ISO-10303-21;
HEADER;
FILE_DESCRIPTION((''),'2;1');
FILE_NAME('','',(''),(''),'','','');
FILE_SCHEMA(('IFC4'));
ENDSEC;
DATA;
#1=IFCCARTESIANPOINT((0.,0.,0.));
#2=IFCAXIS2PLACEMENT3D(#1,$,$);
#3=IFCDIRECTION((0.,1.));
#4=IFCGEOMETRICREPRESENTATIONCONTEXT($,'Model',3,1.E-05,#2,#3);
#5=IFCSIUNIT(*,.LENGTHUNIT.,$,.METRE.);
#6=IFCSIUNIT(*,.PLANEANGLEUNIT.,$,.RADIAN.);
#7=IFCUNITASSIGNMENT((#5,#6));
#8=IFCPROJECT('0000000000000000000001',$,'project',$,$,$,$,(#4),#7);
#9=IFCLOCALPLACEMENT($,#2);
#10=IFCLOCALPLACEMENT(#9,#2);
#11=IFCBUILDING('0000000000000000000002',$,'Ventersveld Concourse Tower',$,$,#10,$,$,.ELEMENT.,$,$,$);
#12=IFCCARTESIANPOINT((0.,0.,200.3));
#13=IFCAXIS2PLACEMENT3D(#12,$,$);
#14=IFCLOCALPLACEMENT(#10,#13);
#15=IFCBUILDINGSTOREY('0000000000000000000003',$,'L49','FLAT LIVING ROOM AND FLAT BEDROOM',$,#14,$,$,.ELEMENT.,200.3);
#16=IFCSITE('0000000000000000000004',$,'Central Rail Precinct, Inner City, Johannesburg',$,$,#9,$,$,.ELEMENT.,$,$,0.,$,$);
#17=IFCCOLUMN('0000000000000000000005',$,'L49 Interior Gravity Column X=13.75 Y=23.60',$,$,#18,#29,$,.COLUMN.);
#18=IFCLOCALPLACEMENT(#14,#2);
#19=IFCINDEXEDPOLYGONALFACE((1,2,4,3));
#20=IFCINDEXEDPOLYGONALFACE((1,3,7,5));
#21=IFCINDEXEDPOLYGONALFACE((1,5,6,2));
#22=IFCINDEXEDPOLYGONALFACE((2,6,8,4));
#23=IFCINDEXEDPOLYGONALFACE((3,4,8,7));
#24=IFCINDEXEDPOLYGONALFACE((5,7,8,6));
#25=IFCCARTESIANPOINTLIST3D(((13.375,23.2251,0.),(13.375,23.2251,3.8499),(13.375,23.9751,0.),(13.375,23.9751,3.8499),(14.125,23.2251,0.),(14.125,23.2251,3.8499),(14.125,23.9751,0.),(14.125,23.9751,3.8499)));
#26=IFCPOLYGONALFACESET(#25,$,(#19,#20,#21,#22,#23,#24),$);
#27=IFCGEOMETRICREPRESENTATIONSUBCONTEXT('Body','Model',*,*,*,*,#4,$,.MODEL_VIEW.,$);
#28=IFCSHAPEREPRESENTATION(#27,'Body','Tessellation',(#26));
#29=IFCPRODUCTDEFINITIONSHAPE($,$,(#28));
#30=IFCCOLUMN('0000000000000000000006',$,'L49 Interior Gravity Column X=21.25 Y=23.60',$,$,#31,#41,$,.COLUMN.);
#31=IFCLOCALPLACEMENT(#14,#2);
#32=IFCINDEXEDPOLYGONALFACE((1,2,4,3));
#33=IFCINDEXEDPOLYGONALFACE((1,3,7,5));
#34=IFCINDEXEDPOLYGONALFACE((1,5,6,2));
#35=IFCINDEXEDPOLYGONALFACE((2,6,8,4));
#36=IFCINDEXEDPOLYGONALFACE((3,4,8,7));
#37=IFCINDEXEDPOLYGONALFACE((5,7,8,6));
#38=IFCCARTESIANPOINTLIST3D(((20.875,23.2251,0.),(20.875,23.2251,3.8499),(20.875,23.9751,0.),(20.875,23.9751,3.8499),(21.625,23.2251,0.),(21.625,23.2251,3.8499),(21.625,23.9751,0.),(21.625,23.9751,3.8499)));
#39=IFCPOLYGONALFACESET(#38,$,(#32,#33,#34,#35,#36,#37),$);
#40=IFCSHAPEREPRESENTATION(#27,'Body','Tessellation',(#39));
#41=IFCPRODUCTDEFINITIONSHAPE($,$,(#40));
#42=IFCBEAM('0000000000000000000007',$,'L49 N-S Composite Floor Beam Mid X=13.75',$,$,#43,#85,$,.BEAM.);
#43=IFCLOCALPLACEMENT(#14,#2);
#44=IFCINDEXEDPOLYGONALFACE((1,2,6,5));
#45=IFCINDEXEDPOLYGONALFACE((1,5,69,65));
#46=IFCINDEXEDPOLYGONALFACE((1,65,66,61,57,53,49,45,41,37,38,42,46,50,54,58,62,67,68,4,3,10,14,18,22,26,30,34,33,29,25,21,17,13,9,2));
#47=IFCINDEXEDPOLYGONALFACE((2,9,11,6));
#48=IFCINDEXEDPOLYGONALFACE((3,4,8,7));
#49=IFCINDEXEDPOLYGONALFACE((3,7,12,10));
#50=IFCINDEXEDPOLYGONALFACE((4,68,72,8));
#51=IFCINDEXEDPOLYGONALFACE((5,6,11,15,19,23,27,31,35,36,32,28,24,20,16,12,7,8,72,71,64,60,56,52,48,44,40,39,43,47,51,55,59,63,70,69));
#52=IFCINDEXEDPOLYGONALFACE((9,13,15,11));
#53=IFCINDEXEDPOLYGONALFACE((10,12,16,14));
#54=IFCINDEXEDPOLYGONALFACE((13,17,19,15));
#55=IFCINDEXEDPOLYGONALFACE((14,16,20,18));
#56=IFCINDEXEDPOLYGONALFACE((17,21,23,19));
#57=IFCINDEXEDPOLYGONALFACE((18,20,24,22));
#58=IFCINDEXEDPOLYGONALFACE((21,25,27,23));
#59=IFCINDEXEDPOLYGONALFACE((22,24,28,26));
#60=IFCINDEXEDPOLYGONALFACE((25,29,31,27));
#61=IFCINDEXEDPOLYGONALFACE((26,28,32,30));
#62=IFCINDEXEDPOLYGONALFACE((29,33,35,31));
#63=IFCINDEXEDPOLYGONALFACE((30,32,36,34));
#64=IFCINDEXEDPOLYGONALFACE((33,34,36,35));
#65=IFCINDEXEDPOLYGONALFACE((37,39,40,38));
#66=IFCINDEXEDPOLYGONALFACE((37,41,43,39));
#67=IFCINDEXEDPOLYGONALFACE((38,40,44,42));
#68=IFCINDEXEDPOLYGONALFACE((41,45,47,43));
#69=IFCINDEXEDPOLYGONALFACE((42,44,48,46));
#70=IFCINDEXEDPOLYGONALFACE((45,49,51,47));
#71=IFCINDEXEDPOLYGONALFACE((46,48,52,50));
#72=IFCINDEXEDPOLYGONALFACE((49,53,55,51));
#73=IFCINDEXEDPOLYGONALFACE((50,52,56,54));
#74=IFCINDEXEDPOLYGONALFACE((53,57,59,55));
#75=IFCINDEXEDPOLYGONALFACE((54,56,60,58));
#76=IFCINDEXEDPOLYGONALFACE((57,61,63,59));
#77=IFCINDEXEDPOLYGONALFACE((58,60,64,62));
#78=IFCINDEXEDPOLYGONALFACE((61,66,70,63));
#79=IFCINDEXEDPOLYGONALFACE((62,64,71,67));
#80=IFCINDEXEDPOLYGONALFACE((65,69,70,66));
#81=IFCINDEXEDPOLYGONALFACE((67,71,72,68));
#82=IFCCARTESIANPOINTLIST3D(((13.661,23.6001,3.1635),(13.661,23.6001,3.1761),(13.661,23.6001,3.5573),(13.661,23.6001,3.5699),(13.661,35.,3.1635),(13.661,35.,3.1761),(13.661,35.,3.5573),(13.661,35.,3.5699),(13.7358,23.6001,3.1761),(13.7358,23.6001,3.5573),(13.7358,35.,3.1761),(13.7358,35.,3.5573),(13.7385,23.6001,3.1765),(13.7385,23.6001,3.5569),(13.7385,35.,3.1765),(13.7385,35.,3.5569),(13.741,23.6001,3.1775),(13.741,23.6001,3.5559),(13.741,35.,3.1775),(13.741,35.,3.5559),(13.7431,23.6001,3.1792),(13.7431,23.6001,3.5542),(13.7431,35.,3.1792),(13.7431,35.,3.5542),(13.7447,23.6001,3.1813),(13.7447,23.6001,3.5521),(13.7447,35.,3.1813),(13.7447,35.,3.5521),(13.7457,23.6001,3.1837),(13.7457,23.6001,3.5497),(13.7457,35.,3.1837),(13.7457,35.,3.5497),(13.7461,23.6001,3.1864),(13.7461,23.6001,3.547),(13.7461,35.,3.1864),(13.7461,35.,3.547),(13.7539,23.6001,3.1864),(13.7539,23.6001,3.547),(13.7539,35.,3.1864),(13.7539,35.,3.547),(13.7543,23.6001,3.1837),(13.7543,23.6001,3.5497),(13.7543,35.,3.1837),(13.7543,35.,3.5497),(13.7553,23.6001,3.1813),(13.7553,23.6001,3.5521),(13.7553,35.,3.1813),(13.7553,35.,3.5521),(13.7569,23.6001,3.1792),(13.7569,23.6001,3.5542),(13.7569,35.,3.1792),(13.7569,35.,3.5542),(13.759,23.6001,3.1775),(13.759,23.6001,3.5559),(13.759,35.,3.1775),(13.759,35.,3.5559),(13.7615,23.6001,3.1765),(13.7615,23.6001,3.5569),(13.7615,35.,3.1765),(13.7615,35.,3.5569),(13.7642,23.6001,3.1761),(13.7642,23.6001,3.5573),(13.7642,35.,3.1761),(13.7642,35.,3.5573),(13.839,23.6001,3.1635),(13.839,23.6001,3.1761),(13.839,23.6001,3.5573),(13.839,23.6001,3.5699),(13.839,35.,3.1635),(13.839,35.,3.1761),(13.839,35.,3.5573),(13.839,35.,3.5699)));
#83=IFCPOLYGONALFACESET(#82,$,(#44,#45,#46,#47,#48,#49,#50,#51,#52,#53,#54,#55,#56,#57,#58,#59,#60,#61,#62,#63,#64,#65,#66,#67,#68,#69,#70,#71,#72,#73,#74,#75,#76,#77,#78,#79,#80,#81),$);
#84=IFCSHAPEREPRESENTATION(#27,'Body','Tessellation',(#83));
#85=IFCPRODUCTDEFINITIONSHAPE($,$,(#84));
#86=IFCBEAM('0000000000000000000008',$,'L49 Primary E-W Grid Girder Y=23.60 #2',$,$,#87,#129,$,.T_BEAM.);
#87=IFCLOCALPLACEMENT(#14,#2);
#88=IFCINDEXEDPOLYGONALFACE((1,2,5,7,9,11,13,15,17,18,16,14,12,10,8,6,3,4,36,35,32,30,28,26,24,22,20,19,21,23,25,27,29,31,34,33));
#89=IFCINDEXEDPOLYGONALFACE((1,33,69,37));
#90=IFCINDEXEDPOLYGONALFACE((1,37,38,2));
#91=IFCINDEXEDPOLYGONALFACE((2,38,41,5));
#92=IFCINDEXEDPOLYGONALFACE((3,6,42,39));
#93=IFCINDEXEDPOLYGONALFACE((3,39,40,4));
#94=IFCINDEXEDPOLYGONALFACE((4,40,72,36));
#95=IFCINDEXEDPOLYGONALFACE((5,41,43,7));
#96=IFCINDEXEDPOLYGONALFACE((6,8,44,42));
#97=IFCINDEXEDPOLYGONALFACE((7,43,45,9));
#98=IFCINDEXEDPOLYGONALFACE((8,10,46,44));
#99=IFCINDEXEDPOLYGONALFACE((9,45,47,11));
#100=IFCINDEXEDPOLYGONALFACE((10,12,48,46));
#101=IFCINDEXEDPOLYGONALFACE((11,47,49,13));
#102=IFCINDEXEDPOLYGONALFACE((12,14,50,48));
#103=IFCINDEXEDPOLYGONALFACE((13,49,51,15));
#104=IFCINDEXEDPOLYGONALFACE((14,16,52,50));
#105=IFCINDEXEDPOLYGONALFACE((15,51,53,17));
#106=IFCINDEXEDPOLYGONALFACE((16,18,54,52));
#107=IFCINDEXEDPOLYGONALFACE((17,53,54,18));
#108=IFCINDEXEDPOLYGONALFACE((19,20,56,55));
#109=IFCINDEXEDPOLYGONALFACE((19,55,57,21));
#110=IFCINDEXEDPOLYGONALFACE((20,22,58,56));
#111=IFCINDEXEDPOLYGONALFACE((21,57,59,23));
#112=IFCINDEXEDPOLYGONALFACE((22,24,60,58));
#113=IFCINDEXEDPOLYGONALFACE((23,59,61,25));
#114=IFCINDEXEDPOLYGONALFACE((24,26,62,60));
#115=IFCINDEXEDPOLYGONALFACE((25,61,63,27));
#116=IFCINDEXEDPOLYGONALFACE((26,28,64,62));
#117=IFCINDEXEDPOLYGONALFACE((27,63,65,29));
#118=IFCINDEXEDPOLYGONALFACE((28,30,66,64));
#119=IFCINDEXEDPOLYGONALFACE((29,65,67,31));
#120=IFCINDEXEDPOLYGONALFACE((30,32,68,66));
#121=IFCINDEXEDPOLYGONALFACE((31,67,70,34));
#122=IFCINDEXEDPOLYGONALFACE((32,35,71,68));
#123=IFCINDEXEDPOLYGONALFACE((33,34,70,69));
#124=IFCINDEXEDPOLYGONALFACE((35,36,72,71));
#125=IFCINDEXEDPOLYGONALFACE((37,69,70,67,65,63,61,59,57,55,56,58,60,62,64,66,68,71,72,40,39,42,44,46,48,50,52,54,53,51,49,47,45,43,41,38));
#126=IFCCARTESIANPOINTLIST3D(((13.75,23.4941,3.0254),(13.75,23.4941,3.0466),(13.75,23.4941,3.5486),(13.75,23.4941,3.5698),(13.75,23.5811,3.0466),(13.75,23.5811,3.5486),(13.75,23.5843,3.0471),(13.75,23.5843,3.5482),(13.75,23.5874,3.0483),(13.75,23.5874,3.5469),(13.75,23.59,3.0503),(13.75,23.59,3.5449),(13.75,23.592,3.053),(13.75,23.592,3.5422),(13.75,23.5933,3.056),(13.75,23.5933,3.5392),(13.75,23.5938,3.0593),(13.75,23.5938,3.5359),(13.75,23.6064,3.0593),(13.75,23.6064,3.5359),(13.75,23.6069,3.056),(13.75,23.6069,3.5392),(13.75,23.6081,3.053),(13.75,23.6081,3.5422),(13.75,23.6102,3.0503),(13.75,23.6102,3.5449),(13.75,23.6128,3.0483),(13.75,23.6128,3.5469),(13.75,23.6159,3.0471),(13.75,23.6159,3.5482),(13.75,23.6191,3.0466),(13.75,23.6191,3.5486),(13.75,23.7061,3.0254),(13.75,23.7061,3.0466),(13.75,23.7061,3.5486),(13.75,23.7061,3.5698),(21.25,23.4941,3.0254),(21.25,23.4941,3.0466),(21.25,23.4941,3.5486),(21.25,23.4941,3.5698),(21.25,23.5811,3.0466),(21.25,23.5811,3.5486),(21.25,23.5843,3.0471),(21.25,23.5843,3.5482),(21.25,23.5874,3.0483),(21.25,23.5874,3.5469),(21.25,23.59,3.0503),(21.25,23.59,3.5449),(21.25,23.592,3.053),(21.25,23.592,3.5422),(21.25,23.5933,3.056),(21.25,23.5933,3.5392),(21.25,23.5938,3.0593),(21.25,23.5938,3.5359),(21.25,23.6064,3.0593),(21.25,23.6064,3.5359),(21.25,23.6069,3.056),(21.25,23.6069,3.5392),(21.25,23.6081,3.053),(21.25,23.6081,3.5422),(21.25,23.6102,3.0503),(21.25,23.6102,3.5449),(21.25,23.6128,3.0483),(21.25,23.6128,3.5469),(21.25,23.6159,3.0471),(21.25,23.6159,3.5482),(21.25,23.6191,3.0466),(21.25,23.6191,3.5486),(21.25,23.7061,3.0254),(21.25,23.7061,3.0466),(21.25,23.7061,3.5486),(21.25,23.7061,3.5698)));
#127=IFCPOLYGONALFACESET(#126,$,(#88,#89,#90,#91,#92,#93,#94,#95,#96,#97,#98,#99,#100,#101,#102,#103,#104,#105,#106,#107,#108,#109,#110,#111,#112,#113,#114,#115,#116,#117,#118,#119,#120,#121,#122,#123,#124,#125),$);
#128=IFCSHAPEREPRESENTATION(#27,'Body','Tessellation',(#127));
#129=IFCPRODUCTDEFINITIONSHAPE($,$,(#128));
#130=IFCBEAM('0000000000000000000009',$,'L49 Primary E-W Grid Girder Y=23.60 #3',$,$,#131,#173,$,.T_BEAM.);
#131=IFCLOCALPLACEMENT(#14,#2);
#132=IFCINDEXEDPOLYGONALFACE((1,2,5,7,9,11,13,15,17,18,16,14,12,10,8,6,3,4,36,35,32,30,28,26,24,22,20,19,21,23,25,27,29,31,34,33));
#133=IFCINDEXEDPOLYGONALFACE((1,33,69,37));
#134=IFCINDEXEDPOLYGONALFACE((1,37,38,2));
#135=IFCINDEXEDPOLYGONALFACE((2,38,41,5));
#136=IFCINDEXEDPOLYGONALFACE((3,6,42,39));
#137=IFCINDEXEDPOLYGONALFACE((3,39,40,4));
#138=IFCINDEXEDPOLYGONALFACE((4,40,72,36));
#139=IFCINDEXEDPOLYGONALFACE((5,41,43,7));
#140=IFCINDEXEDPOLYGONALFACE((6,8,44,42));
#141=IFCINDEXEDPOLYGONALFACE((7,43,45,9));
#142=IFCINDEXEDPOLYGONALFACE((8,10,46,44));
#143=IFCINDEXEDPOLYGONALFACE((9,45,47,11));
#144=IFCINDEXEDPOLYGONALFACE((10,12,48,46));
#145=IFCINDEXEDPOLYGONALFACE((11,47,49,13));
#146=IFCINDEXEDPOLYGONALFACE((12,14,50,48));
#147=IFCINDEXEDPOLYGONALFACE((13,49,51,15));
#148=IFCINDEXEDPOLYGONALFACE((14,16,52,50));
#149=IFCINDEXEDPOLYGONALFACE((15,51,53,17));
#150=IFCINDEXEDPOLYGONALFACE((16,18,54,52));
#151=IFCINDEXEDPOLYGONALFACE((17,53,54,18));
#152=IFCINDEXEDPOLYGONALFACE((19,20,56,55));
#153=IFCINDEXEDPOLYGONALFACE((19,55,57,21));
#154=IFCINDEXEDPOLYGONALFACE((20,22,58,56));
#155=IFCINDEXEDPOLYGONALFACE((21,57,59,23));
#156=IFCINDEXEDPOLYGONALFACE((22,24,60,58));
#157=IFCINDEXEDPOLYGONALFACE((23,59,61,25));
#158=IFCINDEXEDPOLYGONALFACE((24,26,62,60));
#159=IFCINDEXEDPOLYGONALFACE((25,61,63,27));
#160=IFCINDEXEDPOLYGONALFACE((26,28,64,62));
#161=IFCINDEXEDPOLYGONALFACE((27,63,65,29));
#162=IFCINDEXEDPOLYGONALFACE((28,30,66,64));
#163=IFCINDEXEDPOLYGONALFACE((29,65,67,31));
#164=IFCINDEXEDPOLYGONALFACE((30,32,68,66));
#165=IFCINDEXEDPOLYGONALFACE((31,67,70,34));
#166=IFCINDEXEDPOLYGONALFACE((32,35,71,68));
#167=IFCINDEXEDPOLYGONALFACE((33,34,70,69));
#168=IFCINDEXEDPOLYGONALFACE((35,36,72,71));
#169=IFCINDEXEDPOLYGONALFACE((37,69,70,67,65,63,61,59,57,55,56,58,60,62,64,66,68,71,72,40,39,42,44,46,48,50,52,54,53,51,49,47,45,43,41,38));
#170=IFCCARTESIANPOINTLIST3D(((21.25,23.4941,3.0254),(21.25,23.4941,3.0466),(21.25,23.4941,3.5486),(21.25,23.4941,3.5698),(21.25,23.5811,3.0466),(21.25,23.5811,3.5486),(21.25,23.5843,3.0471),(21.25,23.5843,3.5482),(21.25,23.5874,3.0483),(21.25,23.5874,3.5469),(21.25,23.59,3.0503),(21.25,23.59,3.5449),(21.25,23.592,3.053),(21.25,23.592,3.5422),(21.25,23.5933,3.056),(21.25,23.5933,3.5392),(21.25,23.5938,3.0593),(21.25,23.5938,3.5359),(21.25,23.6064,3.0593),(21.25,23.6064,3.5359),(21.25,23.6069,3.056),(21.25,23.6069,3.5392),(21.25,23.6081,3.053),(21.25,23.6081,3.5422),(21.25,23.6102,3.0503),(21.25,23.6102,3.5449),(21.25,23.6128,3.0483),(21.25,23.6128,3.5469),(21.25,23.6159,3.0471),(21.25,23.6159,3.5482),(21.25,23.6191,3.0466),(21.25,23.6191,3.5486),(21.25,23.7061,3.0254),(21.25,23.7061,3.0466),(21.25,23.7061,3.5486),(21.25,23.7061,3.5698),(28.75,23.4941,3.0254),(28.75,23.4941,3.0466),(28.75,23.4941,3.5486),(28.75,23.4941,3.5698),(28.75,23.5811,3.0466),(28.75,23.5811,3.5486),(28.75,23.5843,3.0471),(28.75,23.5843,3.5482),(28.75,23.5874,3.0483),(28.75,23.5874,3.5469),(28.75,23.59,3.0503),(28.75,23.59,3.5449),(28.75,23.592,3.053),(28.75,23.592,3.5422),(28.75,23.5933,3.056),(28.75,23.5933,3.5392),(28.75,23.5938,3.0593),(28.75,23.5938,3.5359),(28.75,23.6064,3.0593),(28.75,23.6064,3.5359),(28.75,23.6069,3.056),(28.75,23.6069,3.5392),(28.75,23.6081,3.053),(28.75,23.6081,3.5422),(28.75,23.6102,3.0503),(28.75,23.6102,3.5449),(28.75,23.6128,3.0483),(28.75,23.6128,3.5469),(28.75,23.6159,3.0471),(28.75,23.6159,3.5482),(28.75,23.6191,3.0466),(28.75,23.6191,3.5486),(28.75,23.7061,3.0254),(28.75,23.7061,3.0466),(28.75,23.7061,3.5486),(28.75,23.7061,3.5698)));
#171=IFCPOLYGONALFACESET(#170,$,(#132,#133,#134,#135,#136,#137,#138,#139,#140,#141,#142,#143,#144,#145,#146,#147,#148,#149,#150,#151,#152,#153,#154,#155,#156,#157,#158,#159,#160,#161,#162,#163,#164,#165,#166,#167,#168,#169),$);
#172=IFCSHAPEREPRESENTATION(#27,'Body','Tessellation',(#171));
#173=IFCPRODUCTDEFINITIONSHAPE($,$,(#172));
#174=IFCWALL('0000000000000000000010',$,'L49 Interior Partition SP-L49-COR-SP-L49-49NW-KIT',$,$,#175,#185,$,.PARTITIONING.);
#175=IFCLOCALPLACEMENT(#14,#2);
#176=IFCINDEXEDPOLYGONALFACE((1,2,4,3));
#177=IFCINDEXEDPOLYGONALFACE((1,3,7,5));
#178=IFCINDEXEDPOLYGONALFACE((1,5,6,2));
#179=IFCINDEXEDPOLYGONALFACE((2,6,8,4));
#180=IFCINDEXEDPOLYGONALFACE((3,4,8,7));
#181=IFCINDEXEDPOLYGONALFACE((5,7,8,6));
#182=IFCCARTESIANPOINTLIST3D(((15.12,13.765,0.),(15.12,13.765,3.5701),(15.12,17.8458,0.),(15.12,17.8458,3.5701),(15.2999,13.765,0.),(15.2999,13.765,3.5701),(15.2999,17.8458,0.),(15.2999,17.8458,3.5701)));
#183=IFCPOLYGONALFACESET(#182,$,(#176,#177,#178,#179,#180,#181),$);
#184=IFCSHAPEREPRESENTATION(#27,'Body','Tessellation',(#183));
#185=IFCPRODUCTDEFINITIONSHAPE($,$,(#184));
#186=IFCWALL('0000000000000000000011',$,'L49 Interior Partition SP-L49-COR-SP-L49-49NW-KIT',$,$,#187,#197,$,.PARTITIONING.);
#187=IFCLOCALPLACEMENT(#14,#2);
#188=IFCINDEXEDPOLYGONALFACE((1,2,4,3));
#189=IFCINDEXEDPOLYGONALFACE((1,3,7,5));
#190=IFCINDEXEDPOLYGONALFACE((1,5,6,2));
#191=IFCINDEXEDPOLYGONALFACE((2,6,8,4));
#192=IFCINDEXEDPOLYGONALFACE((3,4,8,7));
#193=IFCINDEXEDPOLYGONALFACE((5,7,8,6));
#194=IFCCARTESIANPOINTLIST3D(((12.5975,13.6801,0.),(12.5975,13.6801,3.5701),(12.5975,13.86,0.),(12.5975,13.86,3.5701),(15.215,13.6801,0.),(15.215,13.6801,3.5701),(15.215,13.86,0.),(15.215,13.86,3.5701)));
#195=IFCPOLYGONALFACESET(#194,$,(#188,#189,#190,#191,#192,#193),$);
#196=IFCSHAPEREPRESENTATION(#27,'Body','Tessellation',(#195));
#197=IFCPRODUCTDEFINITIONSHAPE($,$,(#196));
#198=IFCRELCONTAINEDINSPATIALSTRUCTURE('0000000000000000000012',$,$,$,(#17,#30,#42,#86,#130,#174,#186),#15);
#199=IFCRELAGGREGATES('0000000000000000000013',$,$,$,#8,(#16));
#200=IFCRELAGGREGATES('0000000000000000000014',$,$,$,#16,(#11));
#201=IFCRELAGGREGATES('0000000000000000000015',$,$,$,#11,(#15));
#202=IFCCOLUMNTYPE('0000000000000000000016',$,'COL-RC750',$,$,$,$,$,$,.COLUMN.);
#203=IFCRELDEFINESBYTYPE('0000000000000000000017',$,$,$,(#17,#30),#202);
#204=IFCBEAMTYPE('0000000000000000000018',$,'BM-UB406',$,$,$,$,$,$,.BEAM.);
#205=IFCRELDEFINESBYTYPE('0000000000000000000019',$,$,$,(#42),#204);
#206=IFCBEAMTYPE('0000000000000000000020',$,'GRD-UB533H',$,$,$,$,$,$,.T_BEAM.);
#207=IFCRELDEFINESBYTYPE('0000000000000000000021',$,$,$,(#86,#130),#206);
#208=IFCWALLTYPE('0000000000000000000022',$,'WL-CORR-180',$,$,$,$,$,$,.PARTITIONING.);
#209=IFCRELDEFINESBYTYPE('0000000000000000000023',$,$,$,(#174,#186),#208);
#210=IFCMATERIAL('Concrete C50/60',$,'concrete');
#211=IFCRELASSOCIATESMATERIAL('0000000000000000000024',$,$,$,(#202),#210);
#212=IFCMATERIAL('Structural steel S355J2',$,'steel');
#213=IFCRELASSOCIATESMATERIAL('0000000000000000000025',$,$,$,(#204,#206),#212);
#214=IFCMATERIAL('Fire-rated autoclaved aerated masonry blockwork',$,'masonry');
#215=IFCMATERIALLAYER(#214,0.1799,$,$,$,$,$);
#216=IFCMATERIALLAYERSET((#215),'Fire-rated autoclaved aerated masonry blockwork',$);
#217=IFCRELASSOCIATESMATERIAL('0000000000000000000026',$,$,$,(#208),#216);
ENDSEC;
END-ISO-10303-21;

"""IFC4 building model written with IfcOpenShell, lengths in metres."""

from ifc_helpers import new_model, si_unit, direction, frame, frame_2d, origin, origin_2d, place, context, subcontext, project, spatial, rectangle, i_section, extrude, material, layer, layer_set, material_profile, profile_set, type_object, element, save


model = new_model("IFC4")

# Units and contexts
model_context = context("Model", 3, precision=1e-05, world=origin(), true_north=direction((0.0, 1.0)))
body_context = subcontext(model_context, "Body", "Model", "MODEL_VIEW")
ifc_project = project(units=[si_unit("LENGTHUNIT", "METRE"), si_unit("PLANEANGLEUNIT", "RADIAN")], contexts=[model_context])

# Site, building, storey
site_placement = place(None, origin())
site = spatial("IfcSite", under=ifc_project, at=site_placement, Name="Central Rail Precinct, Inner City, Johannesburg", CompositionType="ELEMENT", RefElevation=0.0)
building_placement = place(site_placement, origin())
building = spatial("IfcBuilding", under=site, at=building_placement, Name="Ventersveld Concourse Tower", CompositionType="ELEMENT")
storey_placement = place(building_placement, frame((0.0, 0.0, 200.3)))
storey = spatial("IfcBuildingStorey", under=building, at=storey_placement, Name="L49", Description="FLAT LIVING ROOM AND FLAT BEDROOM", CompositionType="ELEMENT", Elevation=200.3)

# Columns
ifc_material_1 = material(Name="Concrete C50/60", Category="concrete")
ifc_material_profile_1 = material_profile(ifc_material_1, rectangle(XDim=0.75, YDim=0.75, at=origin_2d()), Name="RC 750x750")
ifc_profile_set_1 = profile_set([ifc_material_profile_1], Name="Concrete C50/60")
column_type = type_object("IfcColumnType", Name="COL-RC750", PredefinedType="COLUMN", material=ifc_profile_set_1)
for number, where, z_axis, x_axis, name in (
    (1, (13.75, 23.6001, 0.0), (0.0, 0.0, 1.0), (1.0, 0.0, 0.0), "L49 Interior Gravity Column X=13.75 Y=23.60"),
    (2, (21.25, 23.6001, 0.0), (0.0, 0.0, 1.0), (1.0, 0.0, 0.0), "L49 Interior Gravity Column X=21.25 Y=23.60"),
):
    element("IfcColumn", number, at=place(storey_placement, frame(where, z_axis=z_axis, x_axis=x_axis)), inside=storey, type_object=column_type, Name=name, PredefinedType="COLUMN", context=body_context, shape_type="SweptSolid", body=[
        extrude(rectangle(XDim=0.75, YDim=0.75, at=origin_2d()), origin(), (0.0, 0.0, 1.0), 3.8499),
    ])

# Beams
ifc_material_2 = material(Name="Structural steel S355J2", Category="steel")
ifc_material_profile_2 = material_profile(ifc_material_2, i_section(OverallWidth=0.178, OverallDepth=0.4065, WebThickness=0.0078, FlangeThickness=0.0127, FilletRadius=0.0103, at=origin_2d()), Name="UB 406x178x60")
ifc_profile_set_2 = profile_set([ifc_material_profile_2], Name="Structural steel S355J2")
beam_type_1 = type_object("IfcBeamType", Name="BM-UB406", PredefinedType="BEAM", material=ifc_profile_set_2)
beam_placement = place(storey_placement, frame((13.75, 23.6001, 3.3667), z_axis=(0.0, 1.0, 0.0), x_axis=(-1.0, 0.0, 0.0)))
element("IfcBeam", 3, at=beam_placement, inside=storey, type_object=beam_type_1, Name="L49 N-S Composite Floor Beam Mid X=13.75", PredefinedType="BEAM", context=body_context, shape_type="SweptSolid", body=[
    extrude(i_section(OverallWidth=0.178, OverallDepth=0.4065, WebThickness=0.0078, FlangeThickness=0.0127, FilletRadius=0.0103, at=origin_2d()), origin(), (0.0, 0.0, 1.0), 11.3999),
])
ifc_material_profile_3 = material_profile(ifc_material_2, i_section(OverallWidth=0.2119, OverallDepth=0.5444, WebThickness=0.0127, FlangeThickness=0.0212, FilletRadius=0.0127, at=origin_2d()), Name="UB 533x210x122")
ifc_profile_set_3 = profile_set([ifc_material_profile_3], Name="Structural steel S355J2")
beam_type_2 = type_object("IfcBeamType", Name="GRD-UB533H", PredefinedType="T_BEAM", material=ifc_profile_set_3)
for number, where, z_axis, x_axis, name in (
    (4, (13.75, 23.6001, 3.2976), (1.0, 0.0, 0.0), (0.0, 1.0, 0.0), "L49 Primary E-W Grid Girder Y=23.60 #2"),
    (5, (21.25, 23.6001, 3.2976), (1.0, 0.0, 0.0), (0.0, 1.0, 0.0), "L49 Primary E-W Grid Girder Y=23.60 #3"),
):
    element("IfcBeam", number, at=place(storey_placement, frame(where, z_axis=z_axis, x_axis=x_axis)), inside=storey, type_object=beam_type_2, Name=name, PredefinedType="T_BEAM", context=body_context, shape_type="SweptSolid", body=[
        extrude(i_section(OverallWidth=0.2119, OverallDepth=0.5444, WebThickness=0.0127, FlangeThickness=0.0212, FilletRadius=0.0127, at=origin_2d()), origin(), (0.0, 0.0, 1.0), 7.5),
    ])

# Walls
ifc_material_3 = material(Name="Fire-rated autoclaved aerated masonry blockwork", Category="masonry")
ifc_layer_1 = layer(ifc_material_3, 0.1799)
ifc_layer_set_1 = layer_set([ifc_layer_1], Name="Fire-rated autoclaved aerated masonry blockwork")
wall_type_1 = type_object("IfcWallType", Name="WL-CORR-180", PredefinedType="PARTITIONING", material=ifc_layer_set_1)
wall_1_placement = place(storey_placement, frame((15.21, 13.7649, 0.0), z_axis=(0.0, 0.0, 1.0), x_axis=(0.0, 1.0, 0.0)))
element("IfcWall", 6, at=wall_1_placement, inside=storey, type_object=wall_type_1, Name="L49 Interior Partition SP-L49-COR-SP-L49-49NW-KIT", PredefinedType="PARTITIONING", context=body_context, shape_type="SweptSolid", body=[
    extrude(rectangle(XDim=4.0808, YDim=0.1799, at=frame_2d((2.0405, 0.0))), origin(), (0.0, 0.0, 1.0), 3.5701),
])
wall_2_placement = place(storey_placement, frame((12.5977, 13.77, 0.0), z_axis=(0.0, 0.0, 1.0), x_axis=(1.0, 0.0, 0.0)))
element("IfcWall", 7, at=wall_2_placement, inside=storey, type_object=wall_type_1, Name="L49 Interior Partition SP-L49-COR-SP-L49-49NW-KIT", PredefinedType="PARTITIONING", context=body_context, shape_type="SweptSolid", body=[
    extrude(rectangle(XDim=2.6174, YDim=0.1799, at=frame_2d((1.3086, 0.0))), origin(), (0.0, 0.0, 1.0), 3.5701),
])

save(model, "model.ifc")
